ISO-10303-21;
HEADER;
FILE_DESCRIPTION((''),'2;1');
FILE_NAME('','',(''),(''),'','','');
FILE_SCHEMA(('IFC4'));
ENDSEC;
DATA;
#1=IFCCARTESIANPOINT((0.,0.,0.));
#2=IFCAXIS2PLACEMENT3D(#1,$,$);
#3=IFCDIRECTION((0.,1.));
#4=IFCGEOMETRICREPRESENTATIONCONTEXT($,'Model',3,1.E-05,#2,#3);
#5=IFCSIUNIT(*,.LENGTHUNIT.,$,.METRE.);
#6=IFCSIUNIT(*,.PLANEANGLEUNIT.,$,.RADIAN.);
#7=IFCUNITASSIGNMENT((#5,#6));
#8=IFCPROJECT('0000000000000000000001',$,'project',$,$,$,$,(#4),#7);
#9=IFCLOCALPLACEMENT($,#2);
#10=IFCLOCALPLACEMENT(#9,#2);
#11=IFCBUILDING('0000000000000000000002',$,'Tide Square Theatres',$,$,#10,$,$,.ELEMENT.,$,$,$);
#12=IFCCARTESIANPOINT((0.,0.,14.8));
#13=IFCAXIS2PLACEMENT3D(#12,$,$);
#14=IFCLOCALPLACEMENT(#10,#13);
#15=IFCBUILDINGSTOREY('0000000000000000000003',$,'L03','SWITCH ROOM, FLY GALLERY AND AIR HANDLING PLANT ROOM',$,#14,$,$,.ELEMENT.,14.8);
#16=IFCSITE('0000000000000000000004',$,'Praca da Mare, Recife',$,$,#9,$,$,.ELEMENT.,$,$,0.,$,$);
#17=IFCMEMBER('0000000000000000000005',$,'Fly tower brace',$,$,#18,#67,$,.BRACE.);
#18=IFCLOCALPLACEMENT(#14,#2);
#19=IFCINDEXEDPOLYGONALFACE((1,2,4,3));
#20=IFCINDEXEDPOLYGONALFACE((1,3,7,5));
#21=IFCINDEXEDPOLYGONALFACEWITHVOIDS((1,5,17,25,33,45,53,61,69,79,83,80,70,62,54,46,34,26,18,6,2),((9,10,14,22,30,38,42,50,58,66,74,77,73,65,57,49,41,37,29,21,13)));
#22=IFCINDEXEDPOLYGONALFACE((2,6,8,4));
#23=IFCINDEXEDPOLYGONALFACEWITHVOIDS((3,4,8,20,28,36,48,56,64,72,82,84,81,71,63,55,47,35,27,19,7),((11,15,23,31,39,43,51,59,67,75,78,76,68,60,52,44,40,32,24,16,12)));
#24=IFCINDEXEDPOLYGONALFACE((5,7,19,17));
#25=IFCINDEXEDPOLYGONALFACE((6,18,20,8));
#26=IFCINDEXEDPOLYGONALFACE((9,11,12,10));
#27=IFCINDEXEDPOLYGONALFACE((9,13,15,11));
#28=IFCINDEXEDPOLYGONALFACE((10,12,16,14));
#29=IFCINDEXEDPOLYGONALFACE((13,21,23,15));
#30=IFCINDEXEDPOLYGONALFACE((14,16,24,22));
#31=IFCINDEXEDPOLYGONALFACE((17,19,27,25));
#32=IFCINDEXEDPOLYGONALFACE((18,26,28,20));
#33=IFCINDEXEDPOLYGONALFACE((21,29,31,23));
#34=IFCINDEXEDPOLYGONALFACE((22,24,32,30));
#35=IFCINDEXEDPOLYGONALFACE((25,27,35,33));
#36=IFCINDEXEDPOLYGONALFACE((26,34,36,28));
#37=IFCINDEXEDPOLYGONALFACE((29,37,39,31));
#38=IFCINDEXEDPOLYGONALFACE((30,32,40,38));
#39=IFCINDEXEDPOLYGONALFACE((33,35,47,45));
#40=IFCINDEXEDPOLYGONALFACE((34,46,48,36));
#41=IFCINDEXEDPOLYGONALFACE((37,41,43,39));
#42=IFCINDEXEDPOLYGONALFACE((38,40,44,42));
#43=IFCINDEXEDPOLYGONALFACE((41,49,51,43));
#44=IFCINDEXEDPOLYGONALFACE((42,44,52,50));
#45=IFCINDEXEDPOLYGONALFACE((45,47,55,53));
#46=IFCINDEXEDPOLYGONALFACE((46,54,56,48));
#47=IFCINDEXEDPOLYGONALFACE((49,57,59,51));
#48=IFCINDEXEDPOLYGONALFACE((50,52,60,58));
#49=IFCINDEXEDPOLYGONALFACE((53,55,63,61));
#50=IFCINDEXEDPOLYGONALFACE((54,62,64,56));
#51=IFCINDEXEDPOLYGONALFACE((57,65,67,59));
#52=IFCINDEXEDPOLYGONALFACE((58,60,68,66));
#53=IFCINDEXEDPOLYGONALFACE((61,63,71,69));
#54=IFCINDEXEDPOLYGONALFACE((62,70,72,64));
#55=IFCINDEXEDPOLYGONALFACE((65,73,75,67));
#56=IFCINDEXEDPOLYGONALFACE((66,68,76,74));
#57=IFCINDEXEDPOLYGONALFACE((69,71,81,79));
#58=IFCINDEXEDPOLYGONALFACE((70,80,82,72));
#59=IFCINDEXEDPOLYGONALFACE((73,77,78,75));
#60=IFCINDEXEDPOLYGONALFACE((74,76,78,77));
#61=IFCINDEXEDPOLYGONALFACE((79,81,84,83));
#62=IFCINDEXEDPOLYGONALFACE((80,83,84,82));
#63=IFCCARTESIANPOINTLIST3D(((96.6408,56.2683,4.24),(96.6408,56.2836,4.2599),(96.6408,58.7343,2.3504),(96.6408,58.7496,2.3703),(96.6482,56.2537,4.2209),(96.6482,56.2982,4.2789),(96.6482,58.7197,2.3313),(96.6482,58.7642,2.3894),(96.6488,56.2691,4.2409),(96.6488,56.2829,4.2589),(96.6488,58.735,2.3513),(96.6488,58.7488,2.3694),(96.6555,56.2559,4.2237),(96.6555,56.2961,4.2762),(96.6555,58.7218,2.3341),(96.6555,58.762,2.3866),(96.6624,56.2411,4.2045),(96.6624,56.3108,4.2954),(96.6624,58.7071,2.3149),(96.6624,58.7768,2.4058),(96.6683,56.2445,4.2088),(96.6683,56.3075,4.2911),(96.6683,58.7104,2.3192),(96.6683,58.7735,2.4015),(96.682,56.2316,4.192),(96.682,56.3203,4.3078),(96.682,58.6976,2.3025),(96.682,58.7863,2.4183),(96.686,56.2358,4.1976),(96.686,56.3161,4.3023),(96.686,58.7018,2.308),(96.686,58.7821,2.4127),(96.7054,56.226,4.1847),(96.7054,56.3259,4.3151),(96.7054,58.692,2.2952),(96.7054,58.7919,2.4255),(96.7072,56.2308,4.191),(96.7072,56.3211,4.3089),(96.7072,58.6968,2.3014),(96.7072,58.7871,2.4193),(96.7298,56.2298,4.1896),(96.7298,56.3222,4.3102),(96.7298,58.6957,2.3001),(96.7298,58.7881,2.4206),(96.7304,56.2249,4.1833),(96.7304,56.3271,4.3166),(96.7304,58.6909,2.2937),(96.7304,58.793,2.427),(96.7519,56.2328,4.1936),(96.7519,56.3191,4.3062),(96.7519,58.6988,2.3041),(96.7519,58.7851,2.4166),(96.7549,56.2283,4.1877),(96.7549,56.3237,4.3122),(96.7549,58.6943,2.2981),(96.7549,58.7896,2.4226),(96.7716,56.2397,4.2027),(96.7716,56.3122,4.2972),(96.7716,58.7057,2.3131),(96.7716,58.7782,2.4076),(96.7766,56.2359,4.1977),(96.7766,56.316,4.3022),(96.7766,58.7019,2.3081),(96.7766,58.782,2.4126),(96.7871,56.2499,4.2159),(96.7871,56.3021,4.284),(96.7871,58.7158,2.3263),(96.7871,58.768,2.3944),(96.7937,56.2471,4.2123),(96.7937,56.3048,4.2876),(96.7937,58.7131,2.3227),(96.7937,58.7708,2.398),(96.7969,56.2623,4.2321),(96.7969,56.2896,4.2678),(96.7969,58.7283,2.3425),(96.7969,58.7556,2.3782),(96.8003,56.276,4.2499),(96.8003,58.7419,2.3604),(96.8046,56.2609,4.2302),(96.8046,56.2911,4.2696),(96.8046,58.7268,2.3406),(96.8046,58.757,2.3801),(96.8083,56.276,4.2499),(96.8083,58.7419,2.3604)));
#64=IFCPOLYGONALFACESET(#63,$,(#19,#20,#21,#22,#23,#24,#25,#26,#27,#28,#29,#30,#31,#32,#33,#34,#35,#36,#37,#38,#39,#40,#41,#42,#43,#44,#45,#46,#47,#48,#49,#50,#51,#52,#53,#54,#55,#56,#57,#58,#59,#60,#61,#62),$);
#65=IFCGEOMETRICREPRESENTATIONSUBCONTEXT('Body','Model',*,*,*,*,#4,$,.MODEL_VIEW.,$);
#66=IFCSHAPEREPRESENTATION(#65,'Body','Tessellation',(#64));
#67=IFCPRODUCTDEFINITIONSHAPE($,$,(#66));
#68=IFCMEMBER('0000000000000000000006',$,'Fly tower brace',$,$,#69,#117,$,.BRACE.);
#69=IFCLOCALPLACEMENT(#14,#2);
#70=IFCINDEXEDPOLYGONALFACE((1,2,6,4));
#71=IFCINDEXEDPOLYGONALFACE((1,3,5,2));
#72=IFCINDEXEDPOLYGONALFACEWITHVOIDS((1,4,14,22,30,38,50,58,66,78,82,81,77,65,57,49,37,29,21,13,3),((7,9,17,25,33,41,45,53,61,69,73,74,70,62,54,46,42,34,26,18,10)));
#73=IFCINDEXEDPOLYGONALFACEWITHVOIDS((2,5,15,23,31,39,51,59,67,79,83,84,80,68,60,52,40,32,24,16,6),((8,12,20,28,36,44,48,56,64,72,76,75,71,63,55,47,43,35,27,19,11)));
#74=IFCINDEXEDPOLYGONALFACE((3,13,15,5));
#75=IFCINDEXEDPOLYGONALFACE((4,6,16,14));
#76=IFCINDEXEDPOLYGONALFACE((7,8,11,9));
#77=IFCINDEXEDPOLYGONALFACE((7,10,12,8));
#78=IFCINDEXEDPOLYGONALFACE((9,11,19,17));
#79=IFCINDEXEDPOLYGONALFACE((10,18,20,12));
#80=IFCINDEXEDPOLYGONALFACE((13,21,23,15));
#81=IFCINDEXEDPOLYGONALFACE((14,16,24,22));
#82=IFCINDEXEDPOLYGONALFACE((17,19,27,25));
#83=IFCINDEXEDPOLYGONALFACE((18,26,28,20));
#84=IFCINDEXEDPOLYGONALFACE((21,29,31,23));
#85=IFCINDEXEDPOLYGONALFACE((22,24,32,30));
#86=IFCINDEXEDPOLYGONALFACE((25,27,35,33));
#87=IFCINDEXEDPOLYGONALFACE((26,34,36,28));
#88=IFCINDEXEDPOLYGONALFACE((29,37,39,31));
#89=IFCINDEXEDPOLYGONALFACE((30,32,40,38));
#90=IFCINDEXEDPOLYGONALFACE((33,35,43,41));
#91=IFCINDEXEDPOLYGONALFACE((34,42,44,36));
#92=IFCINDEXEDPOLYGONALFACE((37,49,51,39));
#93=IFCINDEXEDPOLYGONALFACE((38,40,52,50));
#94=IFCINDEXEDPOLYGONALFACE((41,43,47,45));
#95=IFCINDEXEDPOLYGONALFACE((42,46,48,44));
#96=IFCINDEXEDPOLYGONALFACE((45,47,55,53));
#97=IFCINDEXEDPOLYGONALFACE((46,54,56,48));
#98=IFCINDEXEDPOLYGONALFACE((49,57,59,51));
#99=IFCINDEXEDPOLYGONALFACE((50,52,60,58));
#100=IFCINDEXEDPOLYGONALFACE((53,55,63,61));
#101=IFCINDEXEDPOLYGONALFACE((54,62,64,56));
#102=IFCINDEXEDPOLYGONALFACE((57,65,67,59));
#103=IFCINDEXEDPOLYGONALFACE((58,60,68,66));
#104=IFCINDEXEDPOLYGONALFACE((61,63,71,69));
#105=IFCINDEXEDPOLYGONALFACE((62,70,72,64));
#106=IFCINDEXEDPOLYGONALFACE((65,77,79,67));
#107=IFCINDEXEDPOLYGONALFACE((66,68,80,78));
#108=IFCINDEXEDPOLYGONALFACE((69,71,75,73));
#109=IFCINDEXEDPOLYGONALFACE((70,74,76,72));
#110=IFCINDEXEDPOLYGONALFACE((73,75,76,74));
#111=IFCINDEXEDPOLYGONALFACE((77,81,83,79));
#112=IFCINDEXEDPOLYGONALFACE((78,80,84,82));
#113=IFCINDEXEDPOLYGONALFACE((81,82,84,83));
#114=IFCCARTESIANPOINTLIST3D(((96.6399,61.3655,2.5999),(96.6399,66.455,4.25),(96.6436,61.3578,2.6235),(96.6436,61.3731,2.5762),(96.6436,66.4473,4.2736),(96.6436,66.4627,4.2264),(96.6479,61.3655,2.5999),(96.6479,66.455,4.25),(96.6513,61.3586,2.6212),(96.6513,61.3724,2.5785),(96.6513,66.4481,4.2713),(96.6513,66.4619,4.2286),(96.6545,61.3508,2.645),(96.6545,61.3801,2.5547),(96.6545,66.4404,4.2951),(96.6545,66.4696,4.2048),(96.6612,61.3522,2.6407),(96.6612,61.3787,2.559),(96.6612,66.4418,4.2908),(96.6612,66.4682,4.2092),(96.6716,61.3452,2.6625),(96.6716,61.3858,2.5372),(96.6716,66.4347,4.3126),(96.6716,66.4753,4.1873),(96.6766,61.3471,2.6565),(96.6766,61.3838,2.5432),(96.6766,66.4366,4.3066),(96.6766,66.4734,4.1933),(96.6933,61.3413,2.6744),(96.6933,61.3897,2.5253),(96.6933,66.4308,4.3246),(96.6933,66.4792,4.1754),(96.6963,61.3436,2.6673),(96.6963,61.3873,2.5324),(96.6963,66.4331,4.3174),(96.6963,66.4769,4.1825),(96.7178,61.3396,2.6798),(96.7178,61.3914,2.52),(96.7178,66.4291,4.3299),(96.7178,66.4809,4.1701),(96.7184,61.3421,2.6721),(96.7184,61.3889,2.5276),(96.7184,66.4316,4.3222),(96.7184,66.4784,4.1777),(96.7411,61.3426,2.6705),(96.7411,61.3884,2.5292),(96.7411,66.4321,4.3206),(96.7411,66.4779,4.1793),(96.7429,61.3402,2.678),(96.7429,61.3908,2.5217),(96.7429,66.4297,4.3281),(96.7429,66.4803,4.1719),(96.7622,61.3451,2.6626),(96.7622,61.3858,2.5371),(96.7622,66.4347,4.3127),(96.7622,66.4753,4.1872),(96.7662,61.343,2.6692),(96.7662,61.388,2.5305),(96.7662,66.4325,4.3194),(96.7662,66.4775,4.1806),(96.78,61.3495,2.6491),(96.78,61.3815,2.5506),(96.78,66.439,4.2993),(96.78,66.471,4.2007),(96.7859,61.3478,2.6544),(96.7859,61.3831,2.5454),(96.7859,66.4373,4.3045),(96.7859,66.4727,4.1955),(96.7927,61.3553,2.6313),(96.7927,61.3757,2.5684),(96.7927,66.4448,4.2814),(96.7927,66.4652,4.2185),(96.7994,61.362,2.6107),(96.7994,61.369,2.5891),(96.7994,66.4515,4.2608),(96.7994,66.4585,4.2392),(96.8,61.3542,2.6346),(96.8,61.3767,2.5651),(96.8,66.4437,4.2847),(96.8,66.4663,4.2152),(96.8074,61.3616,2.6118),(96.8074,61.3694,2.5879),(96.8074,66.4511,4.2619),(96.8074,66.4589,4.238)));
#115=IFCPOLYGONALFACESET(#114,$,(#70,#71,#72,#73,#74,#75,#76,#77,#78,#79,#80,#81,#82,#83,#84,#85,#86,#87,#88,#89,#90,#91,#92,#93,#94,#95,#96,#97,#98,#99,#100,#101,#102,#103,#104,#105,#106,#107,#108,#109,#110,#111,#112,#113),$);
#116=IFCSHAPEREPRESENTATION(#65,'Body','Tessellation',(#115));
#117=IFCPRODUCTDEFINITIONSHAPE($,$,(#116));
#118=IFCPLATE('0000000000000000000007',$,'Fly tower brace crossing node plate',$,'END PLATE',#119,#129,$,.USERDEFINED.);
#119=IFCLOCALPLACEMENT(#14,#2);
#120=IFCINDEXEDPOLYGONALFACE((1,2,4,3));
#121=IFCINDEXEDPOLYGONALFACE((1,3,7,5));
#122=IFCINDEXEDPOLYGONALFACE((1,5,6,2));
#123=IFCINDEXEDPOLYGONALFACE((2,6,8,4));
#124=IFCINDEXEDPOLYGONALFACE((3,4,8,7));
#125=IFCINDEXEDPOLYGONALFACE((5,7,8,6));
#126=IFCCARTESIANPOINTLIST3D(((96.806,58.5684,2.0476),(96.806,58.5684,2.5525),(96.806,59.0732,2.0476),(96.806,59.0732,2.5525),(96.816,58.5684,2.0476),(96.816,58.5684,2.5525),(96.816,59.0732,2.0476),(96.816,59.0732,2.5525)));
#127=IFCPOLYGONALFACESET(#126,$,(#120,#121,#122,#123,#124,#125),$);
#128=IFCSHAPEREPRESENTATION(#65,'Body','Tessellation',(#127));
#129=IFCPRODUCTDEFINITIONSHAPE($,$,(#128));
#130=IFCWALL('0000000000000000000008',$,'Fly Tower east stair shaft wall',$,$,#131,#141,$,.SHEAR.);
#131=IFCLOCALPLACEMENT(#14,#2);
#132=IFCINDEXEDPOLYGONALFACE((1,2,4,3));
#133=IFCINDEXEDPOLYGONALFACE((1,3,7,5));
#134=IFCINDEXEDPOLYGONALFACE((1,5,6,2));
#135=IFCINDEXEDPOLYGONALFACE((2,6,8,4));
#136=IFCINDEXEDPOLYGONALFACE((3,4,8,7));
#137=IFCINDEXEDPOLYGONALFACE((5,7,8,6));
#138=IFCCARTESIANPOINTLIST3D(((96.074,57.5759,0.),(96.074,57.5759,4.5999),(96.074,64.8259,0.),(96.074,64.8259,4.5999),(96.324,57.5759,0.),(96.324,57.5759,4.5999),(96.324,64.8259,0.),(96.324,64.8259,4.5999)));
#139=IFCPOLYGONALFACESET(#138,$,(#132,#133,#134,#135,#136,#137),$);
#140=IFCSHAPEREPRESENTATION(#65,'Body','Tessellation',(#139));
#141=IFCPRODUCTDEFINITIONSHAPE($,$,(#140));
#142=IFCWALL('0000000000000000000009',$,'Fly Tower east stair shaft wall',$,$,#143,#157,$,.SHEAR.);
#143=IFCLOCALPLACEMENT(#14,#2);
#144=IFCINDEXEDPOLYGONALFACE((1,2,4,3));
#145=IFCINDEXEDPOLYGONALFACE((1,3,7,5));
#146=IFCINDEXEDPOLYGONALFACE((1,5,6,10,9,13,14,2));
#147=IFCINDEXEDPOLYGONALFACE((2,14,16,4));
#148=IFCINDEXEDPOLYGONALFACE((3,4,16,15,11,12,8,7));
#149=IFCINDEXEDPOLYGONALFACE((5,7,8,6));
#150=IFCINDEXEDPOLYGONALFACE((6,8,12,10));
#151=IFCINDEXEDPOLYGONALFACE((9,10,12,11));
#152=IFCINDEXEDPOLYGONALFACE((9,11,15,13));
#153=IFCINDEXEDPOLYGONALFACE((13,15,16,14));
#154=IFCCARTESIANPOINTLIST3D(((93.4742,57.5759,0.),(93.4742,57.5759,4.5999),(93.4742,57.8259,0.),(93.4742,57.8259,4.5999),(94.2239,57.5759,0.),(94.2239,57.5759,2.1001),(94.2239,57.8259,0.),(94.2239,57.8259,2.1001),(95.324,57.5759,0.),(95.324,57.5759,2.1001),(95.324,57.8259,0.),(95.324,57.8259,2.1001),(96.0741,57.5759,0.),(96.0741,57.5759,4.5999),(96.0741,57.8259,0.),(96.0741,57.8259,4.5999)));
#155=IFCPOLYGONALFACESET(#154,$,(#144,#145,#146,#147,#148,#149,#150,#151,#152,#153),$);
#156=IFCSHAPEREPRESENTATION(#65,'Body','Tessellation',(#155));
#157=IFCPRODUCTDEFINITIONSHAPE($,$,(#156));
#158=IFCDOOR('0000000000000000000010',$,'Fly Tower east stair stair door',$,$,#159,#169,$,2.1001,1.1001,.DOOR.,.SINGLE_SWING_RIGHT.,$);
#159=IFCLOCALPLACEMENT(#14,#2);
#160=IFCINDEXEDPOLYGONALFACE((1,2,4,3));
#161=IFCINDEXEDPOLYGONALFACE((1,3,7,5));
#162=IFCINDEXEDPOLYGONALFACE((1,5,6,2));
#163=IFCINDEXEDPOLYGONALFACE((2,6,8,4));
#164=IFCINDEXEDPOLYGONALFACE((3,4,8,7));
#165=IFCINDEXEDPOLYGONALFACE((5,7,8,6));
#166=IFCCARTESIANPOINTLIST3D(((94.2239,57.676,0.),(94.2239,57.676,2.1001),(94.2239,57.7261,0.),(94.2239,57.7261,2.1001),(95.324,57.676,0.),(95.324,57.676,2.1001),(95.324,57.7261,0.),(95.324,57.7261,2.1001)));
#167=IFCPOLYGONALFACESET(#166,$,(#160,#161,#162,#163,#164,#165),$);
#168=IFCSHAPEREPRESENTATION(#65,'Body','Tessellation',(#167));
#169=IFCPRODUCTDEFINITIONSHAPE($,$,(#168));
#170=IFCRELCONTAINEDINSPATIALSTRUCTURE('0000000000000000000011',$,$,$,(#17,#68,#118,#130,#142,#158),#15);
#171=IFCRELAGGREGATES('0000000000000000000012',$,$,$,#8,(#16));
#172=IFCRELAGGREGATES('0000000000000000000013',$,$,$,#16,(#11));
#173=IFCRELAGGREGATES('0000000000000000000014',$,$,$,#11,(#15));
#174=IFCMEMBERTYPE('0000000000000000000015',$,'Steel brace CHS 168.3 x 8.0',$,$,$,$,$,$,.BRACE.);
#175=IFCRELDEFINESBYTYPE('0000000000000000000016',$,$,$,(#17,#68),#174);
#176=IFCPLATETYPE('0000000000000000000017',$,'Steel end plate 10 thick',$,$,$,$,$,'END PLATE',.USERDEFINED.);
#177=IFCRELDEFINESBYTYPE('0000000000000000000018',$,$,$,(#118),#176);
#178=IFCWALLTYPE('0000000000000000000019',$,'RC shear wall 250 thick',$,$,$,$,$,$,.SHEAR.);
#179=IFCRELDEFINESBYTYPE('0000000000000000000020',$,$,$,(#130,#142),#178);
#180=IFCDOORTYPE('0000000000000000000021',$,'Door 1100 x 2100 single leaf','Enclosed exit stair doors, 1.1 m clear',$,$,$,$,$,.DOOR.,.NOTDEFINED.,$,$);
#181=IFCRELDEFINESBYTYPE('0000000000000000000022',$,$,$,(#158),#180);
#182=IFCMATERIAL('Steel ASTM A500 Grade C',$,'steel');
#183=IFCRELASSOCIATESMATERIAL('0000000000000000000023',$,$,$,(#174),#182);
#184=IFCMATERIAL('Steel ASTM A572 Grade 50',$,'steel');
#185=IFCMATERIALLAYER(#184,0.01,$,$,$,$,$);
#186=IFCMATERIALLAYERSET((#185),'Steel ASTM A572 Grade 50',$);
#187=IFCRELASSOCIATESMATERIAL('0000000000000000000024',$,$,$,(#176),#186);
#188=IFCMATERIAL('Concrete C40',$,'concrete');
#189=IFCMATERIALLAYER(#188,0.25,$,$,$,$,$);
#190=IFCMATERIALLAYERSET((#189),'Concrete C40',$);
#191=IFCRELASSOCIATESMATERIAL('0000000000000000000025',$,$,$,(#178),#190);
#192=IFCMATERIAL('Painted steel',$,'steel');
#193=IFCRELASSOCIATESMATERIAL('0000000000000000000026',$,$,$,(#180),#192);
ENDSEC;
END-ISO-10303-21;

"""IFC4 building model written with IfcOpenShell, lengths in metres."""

from ifc_helpers import new_model, si_unit, direction, frame, frame_2d, origin, origin_2d, place, context, subcontext, project, spatial, rectangle, hollow_circle, extrude, material, layer, layer_set, material_profile, profile_set, type_object, element, fill, save


model = new_model("IFC4")

# Units and contexts
model_context = context("Model", 3, precision=1e-05, world=origin(), true_north=direction((0.0, 1.0)))
body_context = subcontext(model_context, "Body", "Model", "MODEL_VIEW")
ifc_project = project(units=[si_unit("LENGTHUNIT", "METRE"), si_unit("PLANEANGLEUNIT", "RADIAN")], contexts=[model_context])

# Site, building, storey
site_placement = place(None, origin())
site = spatial("IfcSite", under=ifc_project, at=site_placement, Name="Praca da Mare, Recife", CompositionType="ELEMENT", RefElevation=0.0)
building_placement = place(site_placement, origin())
building = spatial("IfcBuilding", under=site, at=building_placement, Name="Tide Square Theatres", CompositionType="ELEMENT")
storey_placement = place(building_placement, frame((0.0, 0.0, 14.8)))
storey = spatial("IfcBuildingStorey", under=building, at=storey_placement, Name="L03", Description="SWITCH ROOM, FLY GALLERY AND AIR HANDLING PLANT ROOM", CompositionType="ELEMENT", Elevation=14.8)

# Members
ifc_material_1 = material(Name="Steel ASTM A500 Grade C", Category="steel")
ifc_material_profile_1 = material_profile(ifc_material_1, hollow_circle(Radius=0.0842, WallThickness=0.0081, at=origin_2d()))
ifc_profile_set_1 = profile_set([ifc_material_profile_1], Name="Steel ASTM A500 Grade C")
member_type = type_object("IfcMemberType", Name="Steel brace CHS 168.3 x 8.0", PredefinedType="BRACE", material=ifc_profile_set_1)
for number, where, z_axis, x_axis, name in (
    (1, (96.7241, 58.7419, 2.3604), (0.0, -0.793762, 0.608229), (1.0, 0.0, 0.0), "Fly tower brace"),
):
    element("IfcMember", number, at=place(storey_placement, frame(where, z_axis=z_axis, x_axis=x_axis)), inside=storey, type_object=member_type, Name=name, PredefinedType="BRACE", context=body_context, shape_type="SweptSolid", body=[
        extrude(hollow_circle(Radius=0.0842, WallThickness=0.0081, at=origin_2d()), origin(), (0.0, 0.0, 1.0), 3.1067),
    ])
member_1_placement = place(storey_placement, frame((96.7241, 61.3655, 2.5999), z_axis=(0.0, 0.951252, 0.308414), x_axis=(-1.0, 0.0, 0.0)))
element("IfcMember", 2, at=member_1_placement, inside=storey, type_object=member_type, Name="Fly tower brace", PredefinedType="BRACE", context=body_context, shape_type="SweptSolid", body=[
    extrude(hollow_circle(Radius=0.0842, WallThickness=0.0081, at=origin_2d()), origin(), (0.0, 0.0, 1.0), 5.3503),
])

# Plate
ifc_material_2 = material(Name="Steel ASTM A572 Grade 50", Category="steel")
ifc_layer_1 = layer(ifc_material_2, 0.01)
ifc_layer_set_1 = layer_set([ifc_layer_1], Name="Steel ASTM A572 Grade 50")
plate_type = type_object("IfcPlateType", Name="Steel end plate 10 thick", ElementType="END PLATE", PredefinedType="USERDEFINED", material=ifc_layer_set_1)
plate_placement = place(storey_placement, frame((96.811, 58.8208, 2.0476), z_axis=(0.0, 0.0, 1.0), x_axis=(1.0, 0.0, 0.0)))
element("IfcPlate", 3, at=plate_placement, inside=storey, type_object=plate_type, Name="Fly tower brace crossing node plate", ObjectType="END PLATE", PredefinedType="USERDEFINED", context=body_context, shape_type="SweptSolid", body=[
    extrude(rectangle(XDim=0.01, YDim=0.5049, at=origin_2d()), origin(), (0.0, 0.0, 1.0), 0.5049),
])

# Wall
ifc_material_3 = material(Name="Concrete C40", Category="concrete")
ifc_layer_2 = layer(ifc_material_3, 0.25)
ifc_layer_set_2 = layer_set([ifc_layer_2], Name="Concrete C40")
wall_type = type_object("IfcWallType", Name="RC shear wall 250 thick", PredefinedType="SHEAR", material=ifc_layer_set_2)
wall_1_placement = place(storey_placement, frame((96.199, 57.5759, 0.0), z_axis=(0.0, 0.0, 1.0), x_axis=(0.0, 1.0, 0.0)))
element("IfcWall", 4, at=wall_1_placement, inside=storey, type_object=wall_type, Name="Fly Tower east stair shaft wall", PredefinedType="SHEAR", context=body_context, shape_type="SweptSolid", body=[
    extrude(rectangle(XDim=7.25, YDim=0.25, at=frame_2d((3.625, 0.0))), origin(), (0.0, 0.0, 1.0), 4.5999),
])

# Wall, opening, door
wall_2_placement = place(storey_placement, frame((96.074, 57.7009, 0.0), z_axis=(0.0, 0.0, 1.0), x_axis=(-1.0, 0.0, 0.0)))
wall_2 = element("IfcWall", 5, at=wall_2_placement, inside=storey, type_object=wall_type, Name="Fly Tower east stair shaft wall", PredefinedType="SHEAR", context=body_context, shape_type="SweptSolid", body=[
    extrude(rectangle(XDim=2.5999, YDim=0.25, at=frame_2d((1.2998, 0.0))), origin(), (0.0, 0.0, 1.0), 4.5999),
])
opening_placement = place(wall_2_placement, frame((0.75, 0.0, 0.0)))
opening = element("IfcOpeningElement", 6, at=opening_placement, cuts=wall_2, PredefinedType="OPENING", context=body_context, shape_type="SweptSolid", body=[
    extrude(rectangle(XDim=1.1001, YDim=2.1001, at=frame_2d((0.55, 1.05))), frame((0.0, 0.135, 0.0), z_axis=(0.0, -1.0, 0.0), x_axis=(1.0, 0.0, 0.0)), (0.0, 0.0, 1.0), 0.27),
])
ifc_material_4 = material(Name="Painted steel", Category="steel")
door_type = type_object("IfcDoorType", Name="Door 1100 x 2100 single leaf", Description="Enclosed exit stair doors, 1.1 m clear", OperationType="NOTDEFINED", PredefinedType="DOOR", material=ifc_material_4)
door_placement = place(opening_placement, origin())
door = element("IfcDoor", 7, at=door_placement, inside=storey, type_object=door_type, Name="Fly Tower east stair stair door", OperationType="SINGLE_SWING_RIGHT", OverallHeight=2.1001, OverallWidth=1.1001, PredefinedType="DOOR", context=body_context, shape_type="SweptSolid", body=[
    extrude(rectangle(XDim=1.1001, YDim=2.1001, at=frame_2d((0.55, 1.05))), frame((0.0, 0.0249, 0.0), z_axis=(0.0, -1.0, 0.0), x_axis=(1.0, 0.0, 0.0)), (0.0, 0.0, 1.0), 0.05),
])
fill(opening, door)

save(model, "model.ifc")
